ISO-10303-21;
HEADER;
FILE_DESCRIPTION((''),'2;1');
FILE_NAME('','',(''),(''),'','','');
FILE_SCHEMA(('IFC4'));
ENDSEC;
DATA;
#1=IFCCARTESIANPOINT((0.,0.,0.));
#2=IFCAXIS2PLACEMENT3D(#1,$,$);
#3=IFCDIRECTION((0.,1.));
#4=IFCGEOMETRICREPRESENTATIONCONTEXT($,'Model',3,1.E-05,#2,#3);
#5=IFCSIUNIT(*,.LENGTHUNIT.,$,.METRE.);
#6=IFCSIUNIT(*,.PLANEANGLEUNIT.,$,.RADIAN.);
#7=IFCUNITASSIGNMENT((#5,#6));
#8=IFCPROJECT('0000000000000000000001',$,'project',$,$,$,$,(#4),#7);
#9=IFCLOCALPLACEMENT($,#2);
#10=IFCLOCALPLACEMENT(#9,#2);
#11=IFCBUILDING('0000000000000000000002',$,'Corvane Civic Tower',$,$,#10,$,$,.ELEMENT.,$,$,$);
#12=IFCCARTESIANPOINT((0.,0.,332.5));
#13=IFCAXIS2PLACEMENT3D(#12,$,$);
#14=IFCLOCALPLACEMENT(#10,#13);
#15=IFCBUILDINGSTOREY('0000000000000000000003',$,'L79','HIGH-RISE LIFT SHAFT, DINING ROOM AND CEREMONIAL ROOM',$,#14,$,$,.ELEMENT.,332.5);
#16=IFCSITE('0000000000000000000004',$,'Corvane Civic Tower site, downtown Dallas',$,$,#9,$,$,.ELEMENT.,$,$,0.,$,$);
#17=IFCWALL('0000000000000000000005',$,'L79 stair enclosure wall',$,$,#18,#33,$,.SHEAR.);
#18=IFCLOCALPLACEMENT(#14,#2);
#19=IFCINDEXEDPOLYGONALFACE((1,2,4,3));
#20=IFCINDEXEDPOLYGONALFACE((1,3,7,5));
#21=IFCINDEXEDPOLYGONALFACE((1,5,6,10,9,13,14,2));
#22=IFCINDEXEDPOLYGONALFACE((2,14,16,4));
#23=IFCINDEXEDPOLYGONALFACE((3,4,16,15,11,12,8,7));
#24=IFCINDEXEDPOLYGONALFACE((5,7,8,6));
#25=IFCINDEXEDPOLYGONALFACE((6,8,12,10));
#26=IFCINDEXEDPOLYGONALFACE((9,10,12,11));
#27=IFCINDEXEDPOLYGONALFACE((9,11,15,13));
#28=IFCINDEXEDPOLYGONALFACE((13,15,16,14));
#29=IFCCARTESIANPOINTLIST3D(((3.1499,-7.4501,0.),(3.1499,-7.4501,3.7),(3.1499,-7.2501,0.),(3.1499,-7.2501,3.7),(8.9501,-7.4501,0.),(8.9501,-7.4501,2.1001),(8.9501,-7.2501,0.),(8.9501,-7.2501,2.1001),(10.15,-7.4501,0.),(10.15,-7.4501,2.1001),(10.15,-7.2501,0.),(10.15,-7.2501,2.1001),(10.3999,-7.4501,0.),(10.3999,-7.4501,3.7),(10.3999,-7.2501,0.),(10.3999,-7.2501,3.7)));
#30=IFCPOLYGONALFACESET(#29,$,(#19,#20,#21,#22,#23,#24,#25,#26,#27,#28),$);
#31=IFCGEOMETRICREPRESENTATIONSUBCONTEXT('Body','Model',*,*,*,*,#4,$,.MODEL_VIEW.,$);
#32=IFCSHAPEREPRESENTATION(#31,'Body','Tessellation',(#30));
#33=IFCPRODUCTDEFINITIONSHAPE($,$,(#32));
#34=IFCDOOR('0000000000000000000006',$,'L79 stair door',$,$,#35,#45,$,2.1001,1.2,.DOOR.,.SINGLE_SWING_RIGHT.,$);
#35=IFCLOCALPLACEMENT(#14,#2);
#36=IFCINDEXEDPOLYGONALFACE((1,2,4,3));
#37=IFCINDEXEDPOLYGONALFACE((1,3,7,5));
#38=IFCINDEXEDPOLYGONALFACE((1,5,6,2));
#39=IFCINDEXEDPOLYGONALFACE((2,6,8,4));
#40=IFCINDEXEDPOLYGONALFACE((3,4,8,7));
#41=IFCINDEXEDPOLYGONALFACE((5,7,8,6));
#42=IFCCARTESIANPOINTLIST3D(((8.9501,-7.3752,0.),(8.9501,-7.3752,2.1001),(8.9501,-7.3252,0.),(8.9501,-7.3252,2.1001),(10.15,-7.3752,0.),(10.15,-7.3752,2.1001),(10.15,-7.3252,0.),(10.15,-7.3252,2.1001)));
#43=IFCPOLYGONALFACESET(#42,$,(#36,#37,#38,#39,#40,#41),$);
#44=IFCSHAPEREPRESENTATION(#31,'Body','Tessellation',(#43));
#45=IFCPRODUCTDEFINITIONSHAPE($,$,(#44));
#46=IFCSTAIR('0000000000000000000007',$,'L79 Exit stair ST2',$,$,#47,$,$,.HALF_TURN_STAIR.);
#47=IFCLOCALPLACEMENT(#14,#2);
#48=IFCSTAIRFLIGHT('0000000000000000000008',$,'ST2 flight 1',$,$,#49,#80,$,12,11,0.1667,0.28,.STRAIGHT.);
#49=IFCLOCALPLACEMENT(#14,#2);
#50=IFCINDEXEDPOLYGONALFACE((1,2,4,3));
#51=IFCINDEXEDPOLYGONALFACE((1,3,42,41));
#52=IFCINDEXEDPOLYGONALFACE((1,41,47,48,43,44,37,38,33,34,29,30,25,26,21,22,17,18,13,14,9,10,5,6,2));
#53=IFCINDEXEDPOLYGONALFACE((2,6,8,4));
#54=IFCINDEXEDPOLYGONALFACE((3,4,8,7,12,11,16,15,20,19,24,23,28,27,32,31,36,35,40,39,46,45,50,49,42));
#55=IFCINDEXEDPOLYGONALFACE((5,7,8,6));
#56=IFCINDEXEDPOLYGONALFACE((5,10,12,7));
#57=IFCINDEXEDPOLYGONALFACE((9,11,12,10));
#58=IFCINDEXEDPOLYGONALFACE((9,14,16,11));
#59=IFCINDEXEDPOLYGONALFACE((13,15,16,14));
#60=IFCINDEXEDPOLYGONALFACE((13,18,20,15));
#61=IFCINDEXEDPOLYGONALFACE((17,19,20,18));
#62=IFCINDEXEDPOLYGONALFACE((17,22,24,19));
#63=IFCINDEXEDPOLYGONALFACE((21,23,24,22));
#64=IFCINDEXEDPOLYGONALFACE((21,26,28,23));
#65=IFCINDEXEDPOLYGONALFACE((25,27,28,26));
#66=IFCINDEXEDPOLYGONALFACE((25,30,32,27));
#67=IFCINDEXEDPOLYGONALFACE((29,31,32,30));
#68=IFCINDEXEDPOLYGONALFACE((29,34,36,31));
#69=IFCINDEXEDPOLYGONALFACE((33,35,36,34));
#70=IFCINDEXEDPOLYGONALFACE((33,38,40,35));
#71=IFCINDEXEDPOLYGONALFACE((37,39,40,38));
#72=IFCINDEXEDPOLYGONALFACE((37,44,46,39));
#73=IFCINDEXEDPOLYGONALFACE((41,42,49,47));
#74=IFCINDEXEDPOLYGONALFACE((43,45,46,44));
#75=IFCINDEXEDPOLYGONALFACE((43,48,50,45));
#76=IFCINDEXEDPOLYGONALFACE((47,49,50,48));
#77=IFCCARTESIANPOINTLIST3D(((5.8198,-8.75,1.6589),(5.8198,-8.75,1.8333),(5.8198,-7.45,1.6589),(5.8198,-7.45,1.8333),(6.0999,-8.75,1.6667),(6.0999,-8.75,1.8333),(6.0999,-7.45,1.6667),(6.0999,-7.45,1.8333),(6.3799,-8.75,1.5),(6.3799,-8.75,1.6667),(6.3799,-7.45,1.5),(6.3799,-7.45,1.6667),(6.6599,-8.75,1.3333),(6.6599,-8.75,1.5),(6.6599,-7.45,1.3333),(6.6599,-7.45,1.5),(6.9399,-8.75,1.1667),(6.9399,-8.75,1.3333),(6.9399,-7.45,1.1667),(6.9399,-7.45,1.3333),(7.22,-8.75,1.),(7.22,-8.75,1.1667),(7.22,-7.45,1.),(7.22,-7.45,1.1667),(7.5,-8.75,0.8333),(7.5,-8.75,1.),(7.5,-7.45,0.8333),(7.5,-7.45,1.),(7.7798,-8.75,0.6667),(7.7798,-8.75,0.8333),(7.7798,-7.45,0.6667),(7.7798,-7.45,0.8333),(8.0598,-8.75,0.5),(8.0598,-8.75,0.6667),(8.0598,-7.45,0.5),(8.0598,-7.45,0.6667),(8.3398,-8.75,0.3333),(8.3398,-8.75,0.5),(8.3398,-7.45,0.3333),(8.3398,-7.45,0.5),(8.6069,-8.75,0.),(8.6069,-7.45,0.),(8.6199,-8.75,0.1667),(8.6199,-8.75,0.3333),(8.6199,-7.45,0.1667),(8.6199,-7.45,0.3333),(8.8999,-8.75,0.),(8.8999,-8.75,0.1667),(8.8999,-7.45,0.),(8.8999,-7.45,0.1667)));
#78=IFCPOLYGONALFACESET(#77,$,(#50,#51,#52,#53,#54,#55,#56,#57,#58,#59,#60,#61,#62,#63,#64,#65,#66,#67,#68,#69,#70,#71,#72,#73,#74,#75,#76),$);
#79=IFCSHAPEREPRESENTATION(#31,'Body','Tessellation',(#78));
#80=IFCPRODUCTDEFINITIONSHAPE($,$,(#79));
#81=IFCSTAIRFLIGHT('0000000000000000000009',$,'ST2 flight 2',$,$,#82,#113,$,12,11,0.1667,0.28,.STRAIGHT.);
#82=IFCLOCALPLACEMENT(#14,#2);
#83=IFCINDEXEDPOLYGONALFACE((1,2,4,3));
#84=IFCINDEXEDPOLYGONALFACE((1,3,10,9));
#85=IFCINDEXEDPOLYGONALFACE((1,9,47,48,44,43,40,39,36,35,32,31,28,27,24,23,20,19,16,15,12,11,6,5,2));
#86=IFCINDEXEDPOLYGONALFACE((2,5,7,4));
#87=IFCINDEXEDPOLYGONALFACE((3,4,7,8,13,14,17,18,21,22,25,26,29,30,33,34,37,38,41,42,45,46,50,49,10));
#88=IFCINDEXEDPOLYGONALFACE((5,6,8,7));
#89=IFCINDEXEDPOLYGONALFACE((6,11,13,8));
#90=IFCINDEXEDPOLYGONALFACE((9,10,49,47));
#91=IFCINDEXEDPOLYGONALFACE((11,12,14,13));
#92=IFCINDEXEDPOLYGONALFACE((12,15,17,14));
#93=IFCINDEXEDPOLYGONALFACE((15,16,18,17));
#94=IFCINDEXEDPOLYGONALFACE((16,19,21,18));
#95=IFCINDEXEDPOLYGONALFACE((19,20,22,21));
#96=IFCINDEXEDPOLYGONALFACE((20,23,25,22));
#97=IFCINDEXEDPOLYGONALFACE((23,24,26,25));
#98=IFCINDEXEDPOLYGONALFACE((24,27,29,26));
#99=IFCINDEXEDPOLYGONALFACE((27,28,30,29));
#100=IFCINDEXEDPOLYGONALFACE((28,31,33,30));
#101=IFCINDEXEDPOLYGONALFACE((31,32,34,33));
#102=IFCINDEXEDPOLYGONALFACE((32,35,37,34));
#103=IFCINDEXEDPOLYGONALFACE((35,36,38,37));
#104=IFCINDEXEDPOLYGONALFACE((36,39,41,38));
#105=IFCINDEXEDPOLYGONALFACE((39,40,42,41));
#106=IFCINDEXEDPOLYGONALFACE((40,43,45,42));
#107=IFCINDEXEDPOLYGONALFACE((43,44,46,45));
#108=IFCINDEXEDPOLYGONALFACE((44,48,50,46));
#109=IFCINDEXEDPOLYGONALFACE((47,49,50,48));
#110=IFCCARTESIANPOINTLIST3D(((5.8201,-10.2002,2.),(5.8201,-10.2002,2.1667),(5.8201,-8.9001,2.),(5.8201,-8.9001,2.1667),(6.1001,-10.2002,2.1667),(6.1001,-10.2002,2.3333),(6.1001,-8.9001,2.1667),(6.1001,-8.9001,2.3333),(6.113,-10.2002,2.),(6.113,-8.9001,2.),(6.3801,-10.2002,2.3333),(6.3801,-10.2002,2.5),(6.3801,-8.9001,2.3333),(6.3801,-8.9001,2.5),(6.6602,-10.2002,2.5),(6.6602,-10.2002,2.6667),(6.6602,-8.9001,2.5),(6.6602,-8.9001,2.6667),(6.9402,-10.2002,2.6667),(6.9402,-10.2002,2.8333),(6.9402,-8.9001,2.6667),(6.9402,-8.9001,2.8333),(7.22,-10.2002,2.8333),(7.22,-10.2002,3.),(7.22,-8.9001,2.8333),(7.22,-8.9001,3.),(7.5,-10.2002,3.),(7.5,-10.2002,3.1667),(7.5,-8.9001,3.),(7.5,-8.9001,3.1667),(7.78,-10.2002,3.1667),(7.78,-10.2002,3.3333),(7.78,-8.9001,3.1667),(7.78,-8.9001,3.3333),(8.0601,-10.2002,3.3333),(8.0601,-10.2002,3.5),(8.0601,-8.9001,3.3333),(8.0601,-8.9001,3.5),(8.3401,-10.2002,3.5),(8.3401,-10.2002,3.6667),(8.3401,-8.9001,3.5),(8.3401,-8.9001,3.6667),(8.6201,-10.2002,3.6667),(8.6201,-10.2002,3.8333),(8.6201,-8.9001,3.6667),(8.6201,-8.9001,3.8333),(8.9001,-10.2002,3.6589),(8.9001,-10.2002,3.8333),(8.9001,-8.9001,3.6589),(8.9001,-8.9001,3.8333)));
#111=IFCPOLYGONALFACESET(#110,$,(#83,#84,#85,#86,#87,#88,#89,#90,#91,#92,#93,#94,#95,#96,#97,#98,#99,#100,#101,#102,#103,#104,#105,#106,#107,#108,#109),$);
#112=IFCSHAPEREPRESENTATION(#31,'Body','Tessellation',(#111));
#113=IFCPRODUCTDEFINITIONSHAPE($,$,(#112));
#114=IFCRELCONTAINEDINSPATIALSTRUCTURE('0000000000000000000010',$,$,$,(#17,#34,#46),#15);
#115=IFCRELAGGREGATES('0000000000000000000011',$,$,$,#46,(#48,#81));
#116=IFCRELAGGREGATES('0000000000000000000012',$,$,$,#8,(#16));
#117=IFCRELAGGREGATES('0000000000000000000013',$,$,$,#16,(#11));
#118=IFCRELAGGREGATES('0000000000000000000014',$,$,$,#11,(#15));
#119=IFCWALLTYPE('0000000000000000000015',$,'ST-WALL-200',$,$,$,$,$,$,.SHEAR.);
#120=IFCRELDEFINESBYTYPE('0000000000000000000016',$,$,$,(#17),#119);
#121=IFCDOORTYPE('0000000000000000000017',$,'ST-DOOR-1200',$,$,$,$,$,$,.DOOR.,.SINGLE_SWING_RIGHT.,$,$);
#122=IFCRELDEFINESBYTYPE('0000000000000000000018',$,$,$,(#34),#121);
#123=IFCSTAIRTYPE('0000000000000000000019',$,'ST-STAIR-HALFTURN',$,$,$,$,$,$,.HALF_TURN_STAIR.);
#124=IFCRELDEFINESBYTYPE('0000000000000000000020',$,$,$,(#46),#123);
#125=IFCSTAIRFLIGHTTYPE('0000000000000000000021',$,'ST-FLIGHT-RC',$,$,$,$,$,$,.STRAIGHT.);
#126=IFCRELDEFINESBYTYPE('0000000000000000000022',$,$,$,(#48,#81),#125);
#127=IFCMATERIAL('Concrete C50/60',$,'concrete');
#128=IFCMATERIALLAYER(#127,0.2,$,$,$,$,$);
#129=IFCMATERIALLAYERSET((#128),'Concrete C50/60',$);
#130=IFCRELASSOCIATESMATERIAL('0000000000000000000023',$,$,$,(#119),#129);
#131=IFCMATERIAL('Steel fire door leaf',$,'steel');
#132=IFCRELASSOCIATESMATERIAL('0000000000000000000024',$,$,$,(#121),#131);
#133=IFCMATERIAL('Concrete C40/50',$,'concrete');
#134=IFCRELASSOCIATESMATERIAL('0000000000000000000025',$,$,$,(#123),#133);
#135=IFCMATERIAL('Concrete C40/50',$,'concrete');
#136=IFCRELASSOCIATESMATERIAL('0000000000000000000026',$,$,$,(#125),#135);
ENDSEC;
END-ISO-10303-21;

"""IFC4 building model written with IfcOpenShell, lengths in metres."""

from ifc_helpers import new_model, si_unit, direction, frame, frame_2d, origin, place, context, subcontext, project, spatial, polyline, rectangle, outline, extrude, material, layer, layer_set, type_object, element, fill, aggregate, save


model = new_model("IFC4")

# Units and contexts
model_context = context("Model", 3, precision=1e-05, world=origin(), true_north=direction((0.0, 1.0)))
body_context = subcontext(model_context, "Body", "Model", "MODEL_VIEW")
ifc_project = project(units=[si_unit("LENGTHUNIT", "METRE"), si_unit("PLANEANGLEUNIT", "RADIAN")], contexts=[model_context])

# Site, building, storey
site_placement = place(None, origin())
site = spatial("IfcSite", under=ifc_project, at=site_placement, Name="Corvane Civic Tower site, downtown Dallas", CompositionType="ELEMENT", RefElevation=0.0)
building_placement = place(site_placement, origin())
building = spatial("IfcBuilding", under=site, at=building_placement, Name="Corvane Civic Tower", CompositionType="ELEMENT")
storey_placement = place(building_placement, frame((0.0, 0.0, 332.5)))
storey = spatial("IfcBuildingStorey", under=building, at=storey_placement, Name="L79", Description="HIGH-RISE LIFT SHAFT, DINING ROOM AND CEREMONIAL ROOM", CompositionType="ELEMENT", Elevation=332.5)

# Wall, opening, door
ifc_material_1 = material(Name="Concrete C50/60", Category="concrete")
ifc_layer_1 = layer(ifc_material_1, 0.2)
ifc_layer_set_1 = layer_set([ifc_layer_1], Name="Concrete C50/60")
wall_type_1 = type_object("IfcWallType", Name="ST-WALL-200", PredefinedType="SHEAR", material=ifc_layer_set_1)
wall_1_placement = place(storey_placement, frame((3.1499, -7.3501, 0.0), z_axis=(0.0, 0.0, 1.0), x_axis=(1.0, 0.0, 0.0)))
wall_1 = element("IfcWall", 1, at=wall_1_placement, inside=storey, type_object=wall_type_1, Name="L79 stair enclosure wall", PredefinedType="SHEAR", context=body_context, shape_type="SweptSolid", body=[
    extrude(rectangle(XDim=7.25, YDim=0.2, at=frame_2d((3.625, 0.0))), origin(), (0.0, 0.0, 1.0), 3.7),
])
opening_1_placement = place(wall_1_placement, frame((5.8, 0.0, 0.0)))
opening_1 = element("IfcOpeningElement", 2, at=opening_1_placement, cuts=wall_1, PredefinedType="OPENING", context=body_context, shape_type="SweptSolid", body=[
    extrude(rectangle(XDim=1.2, YDim=2.1001, at=frame_2d((0.6001, 1.05))), frame((0.0, 0.1099, 0.0), z_axis=(0.0, -1.0, 0.0), x_axis=(1.0, 0.0, 0.0)), (0.0, 0.0, 1.0), 0.22),
])
ifc_material_2 = material(Name="Steel fire door leaf", Category="steel")
door_type_1 = type_object("IfcDoorType", Name="ST-DOOR-1200", OperationType="SINGLE_SWING_RIGHT", PredefinedType="DOOR", material=ifc_material_2)
door_1_placement = place(opening_1_placement, origin())
door_1 = element("IfcDoor", 3, at=door_1_placement, inside=storey, type_object=door_type_1, Name="L79 stair door", OperationType="SINGLE_SWING_RIGHT", OverallHeight=2.1001, OverallWidth=1.2, PredefinedType="DOOR", context=body_context, shape_type="SweptSolid", body=[
    extrude(rectangle(XDim=1.2, YDim=2.1001, at=frame_2d((0.6001, 1.05))), frame((0.0, 0.0249, 0.0), z_axis=(0.0, -1.0, 0.0), x_axis=(1.0, 0.0, 0.0)), (0.0, 0.0, 1.0), 0.05),
])
fill(opening_1, door_1)

# Stair, stair flights
ifc_material_3 = material(Name="Concrete C40/50", Category="concrete")
stair_type = type_object("IfcStairType", Name="ST-STAIR-HALFTURN", PredefinedType="HALF_TURN_STAIR", material=ifc_material_3)
stair_placement = place(storey_placement, origin())
stair = element("IfcStair", 4, at=stair_placement, inside=storey, type_object=stair_type, Name="L79 Exit stair ST2", PredefinedType="HALF_TURN_STAIR")
ifc_material_4 = material(Name="Concrete C40/50", Category="concrete")
stair_flight_type = type_object("IfcStairFlightType", Name="ST-FLIGHT-RC", PredefinedType="STRAIGHT", material=ifc_material_4)
stair_flight_1_placement = place(storey_placement, frame((8.8999, -8.1001, 0.0), z_axis=(0.0, 0.0, 1.0), x_axis=(-1.0, 0.0, 0.0)))
stair_flight_1 = element("IfcStairFlight", 5, at=stair_flight_1_placement, type_object=stair_flight_type, Name="ST2 flight 1", NumberOfRisers=12, NumberOfTreads=11, PredefinedType="STRAIGHT", RiserHeight=0.1667, TreadLength=0.28, context=body_context, shape_type="SweptSolid", body=[
    extrude(outline(polyline([(0.0, 0.0), (0.0, 0.1667), (0.28, 0.1667), (0.28, 0.3333), (0.5601, 0.3333), (0.5601, 0.5), (0.8401, 0.5), (0.8401, 0.6667), (1.1201, 0.6667), (1.1201, 0.8333), (1.3999, 0.8333), (1.3999, 1.0), (1.6799, 1.0), (1.6799, 1.1667), (1.96, 1.1667), (1.96, 1.3333), (2.24, 1.3333), (2.24, 1.5), (2.52, 1.5), (2.52, 1.6667), (2.8, 1.6667), (2.8, 1.8333), (3.0801, 1.8333), (3.0801, 2.0), (3.0801, 1.6589), (0.293, 0.0), (0.0, 0.0)])), frame((0.0, 0.6499, 0.0), z_axis=(0.0, -1.0, 0.0), x_axis=(1.0, 0.0, 0.0)), (0.0, 0.0, 1.0), 1.3),
])
stair_flight_2_placement = place(storey_placement, frame((5.8201, -9.55, 2.0), z_axis=(0.0, 0.0, 1.0), x_axis=(1.0, 0.0, 0.0)))
stair_flight_2 = element("IfcStairFlight", 6, at=stair_flight_2_placement, type_object=stair_flight_type, Name="ST2 flight 2", NumberOfRisers=12, NumberOfTreads=11, PredefinedType="STRAIGHT", RiserHeight=0.1667, TreadLength=0.28, context=body_context, shape_type="SweptSolid", body=[
    extrude(outline(polyline([(0.0, 0.0), (0.0, 0.1667), (0.28, 0.1667), (0.28, 0.3333), (0.5601, 0.3333), (0.5601, 0.5), (0.8401, 0.5), (0.8401, 0.6667), (1.1201, 0.6667), (1.1201, 0.8333), (1.3999, 0.8333), (1.3999, 1.0), (1.6799, 1.0), (1.6799, 1.1667), (1.96, 1.1667), (1.96, 1.3333), (2.24, 1.3333), (2.24, 1.5), (2.52, 1.5), (2.52, 1.6667), (2.8, 1.6667), (2.8, 1.8333), (3.0801, 1.8333), (3.0801, 2.0), (3.0801, 1.6589), (0.293, 0.0), (0.0, 0.0)])), frame((0.0, 0.6499, 0.0), z_axis=(0.0, -1.0, 0.0), x_axis=(1.0, 0.0, 0.0)), (0.0, 0.0, 1.0), 1.3),
])
aggregate(stair, [stair_flight_1, stair_flight_2])

save(model, "model.ifc")
